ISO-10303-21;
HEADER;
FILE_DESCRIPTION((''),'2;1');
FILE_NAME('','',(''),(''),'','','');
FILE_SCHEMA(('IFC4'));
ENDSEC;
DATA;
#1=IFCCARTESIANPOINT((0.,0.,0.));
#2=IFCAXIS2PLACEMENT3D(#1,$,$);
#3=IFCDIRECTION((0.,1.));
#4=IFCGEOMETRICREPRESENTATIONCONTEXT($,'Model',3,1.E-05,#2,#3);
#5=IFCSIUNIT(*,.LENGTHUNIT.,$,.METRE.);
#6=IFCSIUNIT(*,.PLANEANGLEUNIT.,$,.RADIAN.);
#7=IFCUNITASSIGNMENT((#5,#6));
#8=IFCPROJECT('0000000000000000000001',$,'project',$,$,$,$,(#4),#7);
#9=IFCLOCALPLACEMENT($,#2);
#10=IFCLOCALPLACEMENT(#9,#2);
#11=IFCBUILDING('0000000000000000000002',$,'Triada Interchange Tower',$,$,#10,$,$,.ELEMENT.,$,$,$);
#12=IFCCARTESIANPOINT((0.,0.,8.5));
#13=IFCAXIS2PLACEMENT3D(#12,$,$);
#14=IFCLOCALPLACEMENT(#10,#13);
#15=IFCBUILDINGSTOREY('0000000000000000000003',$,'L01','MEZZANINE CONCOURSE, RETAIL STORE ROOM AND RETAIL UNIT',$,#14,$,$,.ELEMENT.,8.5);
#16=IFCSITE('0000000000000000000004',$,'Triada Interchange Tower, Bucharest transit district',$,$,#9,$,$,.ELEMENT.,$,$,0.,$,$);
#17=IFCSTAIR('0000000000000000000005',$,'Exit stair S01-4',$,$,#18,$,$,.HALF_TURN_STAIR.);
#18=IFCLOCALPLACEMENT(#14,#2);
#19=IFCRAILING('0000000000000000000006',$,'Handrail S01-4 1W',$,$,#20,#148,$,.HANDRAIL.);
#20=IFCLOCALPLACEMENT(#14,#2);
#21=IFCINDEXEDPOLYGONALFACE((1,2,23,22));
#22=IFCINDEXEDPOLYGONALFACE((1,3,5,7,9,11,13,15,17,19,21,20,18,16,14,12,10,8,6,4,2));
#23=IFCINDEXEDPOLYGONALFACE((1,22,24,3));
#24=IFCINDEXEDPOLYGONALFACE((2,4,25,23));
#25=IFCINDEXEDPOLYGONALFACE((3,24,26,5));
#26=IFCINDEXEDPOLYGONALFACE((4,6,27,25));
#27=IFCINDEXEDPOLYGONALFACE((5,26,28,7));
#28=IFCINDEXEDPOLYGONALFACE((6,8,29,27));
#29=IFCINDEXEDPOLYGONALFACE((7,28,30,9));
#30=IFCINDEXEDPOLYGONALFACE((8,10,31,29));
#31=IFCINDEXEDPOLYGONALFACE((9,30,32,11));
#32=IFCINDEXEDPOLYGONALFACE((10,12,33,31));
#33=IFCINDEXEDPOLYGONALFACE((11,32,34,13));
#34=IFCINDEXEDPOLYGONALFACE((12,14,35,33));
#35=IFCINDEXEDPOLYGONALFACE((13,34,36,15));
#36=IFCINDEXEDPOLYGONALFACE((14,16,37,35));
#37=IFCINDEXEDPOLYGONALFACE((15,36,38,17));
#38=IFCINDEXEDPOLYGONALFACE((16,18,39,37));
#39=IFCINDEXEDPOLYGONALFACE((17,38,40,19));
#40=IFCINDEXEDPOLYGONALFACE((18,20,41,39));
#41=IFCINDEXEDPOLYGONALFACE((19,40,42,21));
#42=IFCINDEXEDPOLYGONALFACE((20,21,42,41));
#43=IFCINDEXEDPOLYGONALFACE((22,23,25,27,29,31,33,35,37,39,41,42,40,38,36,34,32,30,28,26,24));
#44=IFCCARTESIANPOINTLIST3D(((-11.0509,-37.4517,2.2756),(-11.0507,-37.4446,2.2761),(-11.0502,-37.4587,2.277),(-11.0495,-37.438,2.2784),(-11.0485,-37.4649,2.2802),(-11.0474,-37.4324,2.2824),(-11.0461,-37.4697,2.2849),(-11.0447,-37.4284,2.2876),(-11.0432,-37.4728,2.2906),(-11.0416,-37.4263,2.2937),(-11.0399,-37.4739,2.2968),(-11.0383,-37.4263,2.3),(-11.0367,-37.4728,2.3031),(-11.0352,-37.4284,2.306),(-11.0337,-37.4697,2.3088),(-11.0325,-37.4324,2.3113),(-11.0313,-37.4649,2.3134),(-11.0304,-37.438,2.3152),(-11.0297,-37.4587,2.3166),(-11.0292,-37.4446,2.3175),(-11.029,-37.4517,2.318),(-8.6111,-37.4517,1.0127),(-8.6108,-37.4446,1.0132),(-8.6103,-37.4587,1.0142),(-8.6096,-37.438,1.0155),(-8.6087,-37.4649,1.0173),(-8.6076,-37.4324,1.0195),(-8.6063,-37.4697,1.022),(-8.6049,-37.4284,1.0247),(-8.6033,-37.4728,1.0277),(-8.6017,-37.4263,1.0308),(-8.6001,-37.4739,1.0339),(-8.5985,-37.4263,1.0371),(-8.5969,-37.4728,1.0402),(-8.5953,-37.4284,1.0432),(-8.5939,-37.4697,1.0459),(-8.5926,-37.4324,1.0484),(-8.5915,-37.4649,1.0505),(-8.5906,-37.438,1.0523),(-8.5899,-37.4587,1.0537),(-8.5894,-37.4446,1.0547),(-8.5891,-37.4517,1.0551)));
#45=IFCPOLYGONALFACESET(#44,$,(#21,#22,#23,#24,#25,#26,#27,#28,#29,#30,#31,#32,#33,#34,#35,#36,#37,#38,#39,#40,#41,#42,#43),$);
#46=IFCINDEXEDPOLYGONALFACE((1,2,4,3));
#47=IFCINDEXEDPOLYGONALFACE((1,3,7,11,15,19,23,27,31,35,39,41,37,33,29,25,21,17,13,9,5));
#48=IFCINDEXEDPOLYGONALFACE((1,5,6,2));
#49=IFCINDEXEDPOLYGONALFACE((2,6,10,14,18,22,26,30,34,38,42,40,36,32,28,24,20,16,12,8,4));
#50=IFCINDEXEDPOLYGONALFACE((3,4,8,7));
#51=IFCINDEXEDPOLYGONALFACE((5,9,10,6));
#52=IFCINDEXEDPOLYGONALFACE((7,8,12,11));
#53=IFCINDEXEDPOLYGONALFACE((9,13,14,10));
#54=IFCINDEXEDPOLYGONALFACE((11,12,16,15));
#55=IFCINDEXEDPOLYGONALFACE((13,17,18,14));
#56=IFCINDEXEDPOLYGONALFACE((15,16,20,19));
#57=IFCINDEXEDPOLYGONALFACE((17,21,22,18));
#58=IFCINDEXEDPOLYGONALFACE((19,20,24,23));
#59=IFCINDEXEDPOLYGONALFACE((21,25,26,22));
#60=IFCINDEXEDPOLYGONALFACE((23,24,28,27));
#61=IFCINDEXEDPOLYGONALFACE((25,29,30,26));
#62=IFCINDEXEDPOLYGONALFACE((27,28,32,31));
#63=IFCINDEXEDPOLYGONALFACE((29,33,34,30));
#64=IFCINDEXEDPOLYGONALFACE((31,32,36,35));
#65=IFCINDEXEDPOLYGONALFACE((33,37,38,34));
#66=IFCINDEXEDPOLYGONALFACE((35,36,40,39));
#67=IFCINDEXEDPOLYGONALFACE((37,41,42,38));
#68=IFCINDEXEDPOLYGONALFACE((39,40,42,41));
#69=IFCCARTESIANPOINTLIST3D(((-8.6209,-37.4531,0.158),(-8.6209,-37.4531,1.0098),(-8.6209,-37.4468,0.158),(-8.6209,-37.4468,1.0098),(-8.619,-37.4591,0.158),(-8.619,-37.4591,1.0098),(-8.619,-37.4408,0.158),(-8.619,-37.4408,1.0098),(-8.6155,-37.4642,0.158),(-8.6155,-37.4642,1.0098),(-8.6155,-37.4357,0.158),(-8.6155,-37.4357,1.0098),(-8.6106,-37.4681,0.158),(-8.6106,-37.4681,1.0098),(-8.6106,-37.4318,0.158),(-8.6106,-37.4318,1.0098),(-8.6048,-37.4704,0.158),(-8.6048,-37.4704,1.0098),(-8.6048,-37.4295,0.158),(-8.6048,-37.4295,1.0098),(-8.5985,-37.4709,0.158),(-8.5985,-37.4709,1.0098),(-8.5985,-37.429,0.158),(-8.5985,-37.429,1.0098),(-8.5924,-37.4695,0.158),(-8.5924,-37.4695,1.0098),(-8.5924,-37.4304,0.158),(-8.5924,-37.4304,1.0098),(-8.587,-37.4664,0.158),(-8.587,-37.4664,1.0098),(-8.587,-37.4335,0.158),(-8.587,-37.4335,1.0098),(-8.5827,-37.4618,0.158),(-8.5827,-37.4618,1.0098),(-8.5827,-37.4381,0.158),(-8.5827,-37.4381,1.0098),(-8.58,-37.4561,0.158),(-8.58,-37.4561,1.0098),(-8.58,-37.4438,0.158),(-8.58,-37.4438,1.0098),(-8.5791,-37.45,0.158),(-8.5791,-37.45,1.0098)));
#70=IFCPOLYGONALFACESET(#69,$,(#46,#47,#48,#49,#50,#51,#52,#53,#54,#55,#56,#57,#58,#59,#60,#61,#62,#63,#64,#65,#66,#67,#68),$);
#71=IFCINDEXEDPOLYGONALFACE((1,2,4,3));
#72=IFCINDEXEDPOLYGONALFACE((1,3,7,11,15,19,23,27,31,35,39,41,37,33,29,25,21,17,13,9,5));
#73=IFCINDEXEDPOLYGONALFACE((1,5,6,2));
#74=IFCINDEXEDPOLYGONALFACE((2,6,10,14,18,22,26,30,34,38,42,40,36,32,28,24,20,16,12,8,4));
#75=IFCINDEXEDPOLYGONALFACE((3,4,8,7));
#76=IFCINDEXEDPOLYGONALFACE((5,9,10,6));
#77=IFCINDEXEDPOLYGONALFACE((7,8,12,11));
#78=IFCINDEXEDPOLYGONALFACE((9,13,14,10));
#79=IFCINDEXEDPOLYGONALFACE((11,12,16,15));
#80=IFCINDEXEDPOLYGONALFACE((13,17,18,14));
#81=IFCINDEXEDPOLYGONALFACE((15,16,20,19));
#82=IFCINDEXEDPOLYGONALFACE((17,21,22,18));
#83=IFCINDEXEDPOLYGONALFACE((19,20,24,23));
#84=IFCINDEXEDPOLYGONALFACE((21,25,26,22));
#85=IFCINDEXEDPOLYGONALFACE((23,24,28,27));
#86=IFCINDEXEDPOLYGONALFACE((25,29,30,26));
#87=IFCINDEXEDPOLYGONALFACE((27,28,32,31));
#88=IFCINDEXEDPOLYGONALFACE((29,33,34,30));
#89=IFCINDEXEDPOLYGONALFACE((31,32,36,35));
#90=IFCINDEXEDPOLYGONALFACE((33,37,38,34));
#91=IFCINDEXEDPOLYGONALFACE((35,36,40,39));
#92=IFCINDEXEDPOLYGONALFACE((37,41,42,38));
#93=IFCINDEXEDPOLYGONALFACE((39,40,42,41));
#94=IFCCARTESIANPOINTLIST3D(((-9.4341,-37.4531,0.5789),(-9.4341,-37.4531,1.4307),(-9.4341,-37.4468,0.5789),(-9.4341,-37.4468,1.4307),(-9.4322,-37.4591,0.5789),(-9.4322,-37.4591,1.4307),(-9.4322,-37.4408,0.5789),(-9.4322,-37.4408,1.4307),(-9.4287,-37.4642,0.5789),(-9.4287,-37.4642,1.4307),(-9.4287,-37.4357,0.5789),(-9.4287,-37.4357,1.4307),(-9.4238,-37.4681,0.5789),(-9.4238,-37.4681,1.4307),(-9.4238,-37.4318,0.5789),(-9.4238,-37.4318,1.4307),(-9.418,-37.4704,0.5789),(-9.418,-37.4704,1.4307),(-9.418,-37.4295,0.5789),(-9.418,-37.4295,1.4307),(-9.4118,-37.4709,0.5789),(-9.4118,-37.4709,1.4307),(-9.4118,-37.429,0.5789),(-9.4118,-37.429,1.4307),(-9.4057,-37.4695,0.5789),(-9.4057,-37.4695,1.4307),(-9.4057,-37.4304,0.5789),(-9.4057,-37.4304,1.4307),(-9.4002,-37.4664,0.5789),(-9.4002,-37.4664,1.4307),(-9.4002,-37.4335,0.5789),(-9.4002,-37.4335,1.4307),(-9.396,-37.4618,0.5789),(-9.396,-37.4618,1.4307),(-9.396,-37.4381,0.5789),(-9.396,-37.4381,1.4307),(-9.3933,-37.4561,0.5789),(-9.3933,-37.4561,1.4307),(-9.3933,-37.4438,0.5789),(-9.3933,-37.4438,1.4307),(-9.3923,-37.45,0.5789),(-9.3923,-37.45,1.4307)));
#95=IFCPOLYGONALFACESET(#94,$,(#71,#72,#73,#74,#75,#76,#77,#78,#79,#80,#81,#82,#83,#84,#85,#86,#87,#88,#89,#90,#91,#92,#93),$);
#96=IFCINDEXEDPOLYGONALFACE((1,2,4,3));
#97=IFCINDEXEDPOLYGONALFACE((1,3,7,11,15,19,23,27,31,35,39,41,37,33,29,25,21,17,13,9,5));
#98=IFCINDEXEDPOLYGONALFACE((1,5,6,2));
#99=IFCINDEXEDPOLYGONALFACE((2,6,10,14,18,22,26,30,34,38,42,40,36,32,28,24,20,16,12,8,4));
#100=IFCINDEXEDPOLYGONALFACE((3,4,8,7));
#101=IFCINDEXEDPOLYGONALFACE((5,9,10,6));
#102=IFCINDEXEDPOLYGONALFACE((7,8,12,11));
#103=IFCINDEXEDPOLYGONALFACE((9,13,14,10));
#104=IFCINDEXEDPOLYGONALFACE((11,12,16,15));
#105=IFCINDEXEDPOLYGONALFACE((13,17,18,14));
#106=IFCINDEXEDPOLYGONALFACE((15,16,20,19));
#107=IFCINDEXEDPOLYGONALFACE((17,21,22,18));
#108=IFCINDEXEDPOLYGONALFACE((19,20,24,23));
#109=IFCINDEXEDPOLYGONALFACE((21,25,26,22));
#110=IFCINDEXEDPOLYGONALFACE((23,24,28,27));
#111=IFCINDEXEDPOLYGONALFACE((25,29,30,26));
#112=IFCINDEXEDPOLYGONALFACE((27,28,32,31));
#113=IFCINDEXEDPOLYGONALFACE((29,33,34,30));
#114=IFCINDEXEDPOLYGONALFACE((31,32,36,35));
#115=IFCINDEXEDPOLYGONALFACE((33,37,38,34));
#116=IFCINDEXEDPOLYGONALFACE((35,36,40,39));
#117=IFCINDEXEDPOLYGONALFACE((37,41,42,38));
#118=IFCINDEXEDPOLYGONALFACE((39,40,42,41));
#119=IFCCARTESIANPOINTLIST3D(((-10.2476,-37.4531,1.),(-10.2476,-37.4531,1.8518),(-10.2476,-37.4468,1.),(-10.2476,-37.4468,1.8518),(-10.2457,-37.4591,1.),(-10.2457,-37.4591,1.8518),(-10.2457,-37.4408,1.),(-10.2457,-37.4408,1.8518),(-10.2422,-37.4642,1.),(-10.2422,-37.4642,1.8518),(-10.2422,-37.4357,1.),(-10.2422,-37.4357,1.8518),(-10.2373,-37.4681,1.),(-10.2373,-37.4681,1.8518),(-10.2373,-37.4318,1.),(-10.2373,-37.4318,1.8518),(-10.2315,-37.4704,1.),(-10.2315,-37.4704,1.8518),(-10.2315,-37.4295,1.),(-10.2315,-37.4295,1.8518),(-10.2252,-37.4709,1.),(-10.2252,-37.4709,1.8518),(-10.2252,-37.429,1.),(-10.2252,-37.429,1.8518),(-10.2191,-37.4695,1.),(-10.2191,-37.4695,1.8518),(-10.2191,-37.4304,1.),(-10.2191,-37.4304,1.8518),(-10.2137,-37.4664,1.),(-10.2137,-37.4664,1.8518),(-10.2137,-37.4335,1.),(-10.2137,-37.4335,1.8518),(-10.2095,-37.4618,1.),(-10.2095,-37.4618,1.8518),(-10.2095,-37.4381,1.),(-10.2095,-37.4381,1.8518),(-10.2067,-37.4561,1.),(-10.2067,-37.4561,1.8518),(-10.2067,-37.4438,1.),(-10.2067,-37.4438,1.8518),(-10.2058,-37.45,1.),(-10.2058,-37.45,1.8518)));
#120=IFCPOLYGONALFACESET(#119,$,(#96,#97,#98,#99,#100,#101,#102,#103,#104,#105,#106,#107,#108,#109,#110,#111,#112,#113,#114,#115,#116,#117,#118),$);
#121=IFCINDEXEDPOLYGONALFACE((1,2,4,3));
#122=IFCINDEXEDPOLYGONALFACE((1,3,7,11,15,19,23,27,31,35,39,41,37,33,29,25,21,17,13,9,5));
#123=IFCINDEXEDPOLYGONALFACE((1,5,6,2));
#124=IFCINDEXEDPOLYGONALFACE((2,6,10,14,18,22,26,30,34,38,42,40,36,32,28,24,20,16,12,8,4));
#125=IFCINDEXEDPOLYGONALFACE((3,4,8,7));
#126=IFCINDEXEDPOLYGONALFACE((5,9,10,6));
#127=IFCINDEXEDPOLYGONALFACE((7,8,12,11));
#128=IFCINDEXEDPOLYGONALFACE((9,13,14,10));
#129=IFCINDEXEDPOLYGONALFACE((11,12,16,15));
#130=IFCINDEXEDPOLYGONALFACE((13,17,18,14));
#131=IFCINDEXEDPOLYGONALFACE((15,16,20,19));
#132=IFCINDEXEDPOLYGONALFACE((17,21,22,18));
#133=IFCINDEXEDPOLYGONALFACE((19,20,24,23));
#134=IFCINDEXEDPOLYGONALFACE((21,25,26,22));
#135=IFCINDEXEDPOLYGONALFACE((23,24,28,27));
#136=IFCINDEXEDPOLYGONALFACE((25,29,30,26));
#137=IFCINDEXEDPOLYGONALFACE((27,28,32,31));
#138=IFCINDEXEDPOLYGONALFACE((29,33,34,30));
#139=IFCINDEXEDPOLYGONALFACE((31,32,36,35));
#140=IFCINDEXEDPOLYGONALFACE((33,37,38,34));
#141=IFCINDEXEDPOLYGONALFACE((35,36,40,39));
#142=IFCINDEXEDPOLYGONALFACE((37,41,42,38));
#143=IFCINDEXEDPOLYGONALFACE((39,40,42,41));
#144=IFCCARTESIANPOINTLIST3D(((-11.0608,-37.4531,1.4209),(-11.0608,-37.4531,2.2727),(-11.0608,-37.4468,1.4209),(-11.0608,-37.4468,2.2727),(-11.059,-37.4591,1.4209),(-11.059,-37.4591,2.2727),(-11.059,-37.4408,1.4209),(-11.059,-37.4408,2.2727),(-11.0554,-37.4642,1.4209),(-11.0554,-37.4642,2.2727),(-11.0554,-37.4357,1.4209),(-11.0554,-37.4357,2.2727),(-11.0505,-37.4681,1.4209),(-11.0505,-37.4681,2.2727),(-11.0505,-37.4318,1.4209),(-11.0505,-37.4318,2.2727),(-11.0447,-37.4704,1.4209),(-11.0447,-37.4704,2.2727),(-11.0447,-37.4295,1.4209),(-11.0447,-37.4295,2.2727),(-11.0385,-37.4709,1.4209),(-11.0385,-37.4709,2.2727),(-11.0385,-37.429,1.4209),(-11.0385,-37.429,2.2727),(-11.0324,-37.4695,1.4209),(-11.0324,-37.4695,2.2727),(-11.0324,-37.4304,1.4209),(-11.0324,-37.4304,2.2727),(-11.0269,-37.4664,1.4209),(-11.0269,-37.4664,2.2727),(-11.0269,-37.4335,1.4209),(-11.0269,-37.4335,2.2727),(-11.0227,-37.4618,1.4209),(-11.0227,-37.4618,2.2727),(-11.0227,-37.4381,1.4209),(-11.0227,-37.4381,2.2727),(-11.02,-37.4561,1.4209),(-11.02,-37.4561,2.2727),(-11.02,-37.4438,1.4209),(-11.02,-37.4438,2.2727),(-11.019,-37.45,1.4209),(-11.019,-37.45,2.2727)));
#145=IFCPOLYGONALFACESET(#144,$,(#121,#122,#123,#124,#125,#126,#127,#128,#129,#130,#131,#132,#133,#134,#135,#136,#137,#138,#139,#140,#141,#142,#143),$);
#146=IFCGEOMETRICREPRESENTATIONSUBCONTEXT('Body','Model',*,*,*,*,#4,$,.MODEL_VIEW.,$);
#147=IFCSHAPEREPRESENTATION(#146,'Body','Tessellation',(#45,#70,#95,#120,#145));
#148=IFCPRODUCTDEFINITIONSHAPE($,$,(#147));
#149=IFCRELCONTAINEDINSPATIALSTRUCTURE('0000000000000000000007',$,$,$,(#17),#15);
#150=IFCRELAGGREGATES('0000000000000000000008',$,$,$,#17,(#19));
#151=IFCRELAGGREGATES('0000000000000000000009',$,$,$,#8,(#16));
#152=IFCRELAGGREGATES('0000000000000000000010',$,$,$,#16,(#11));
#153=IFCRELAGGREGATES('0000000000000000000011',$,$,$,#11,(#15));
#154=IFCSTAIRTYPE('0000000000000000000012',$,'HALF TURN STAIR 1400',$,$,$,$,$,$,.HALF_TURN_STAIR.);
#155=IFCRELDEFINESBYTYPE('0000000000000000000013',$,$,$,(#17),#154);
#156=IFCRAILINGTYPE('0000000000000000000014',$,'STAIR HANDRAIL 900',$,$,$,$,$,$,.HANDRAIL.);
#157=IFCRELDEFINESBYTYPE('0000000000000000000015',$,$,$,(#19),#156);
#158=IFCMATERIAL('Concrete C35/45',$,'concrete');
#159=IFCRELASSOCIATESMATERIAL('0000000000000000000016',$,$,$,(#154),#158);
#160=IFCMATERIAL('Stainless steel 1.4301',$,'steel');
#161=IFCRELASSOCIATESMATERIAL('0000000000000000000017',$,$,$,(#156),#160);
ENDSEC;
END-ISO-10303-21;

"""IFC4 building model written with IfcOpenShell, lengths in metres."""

from ifc_helpers import new_model, si_unit, direction, frame, origin, origin_2d, place, context, subcontext, project, spatial, circle, extrude, material, type_object, element, aggregate, save


model = new_model("IFC4")

# Units and contexts
model_context = context("Model", 3, precision=1e-05, world=origin(), true_north=direction((0.0, 1.0)))
body_context = subcontext(model_context, "Body", "Model", "MODEL_VIEW")
ifc_project = project(units=[si_unit("LENGTHUNIT", "METRE"), si_unit("PLANEANGLEUNIT", "RADIAN")], contexts=[model_context])

# Site, building, storey
site_placement = place(None, origin())
site = spatial("IfcSite", under=ifc_project, at=site_placement, Name="Triada Interchange Tower, Bucharest transit district", CompositionType="ELEMENT", RefElevation=0.0)
building_placement = place(site_placement, origin())
building = spatial("IfcBuilding", under=site, at=building_placement, Name="Triada Interchange Tower", CompositionType="ELEMENT")
storey_placement = place(building_placement, frame((0.0, 0.0, 8.5)))
storey = spatial("IfcBuildingStorey", under=building, at=storey_placement, Name="L01", Description="MEZZANINE CONCOURSE, RETAIL STORE ROOM AND RETAIL UNIT", CompositionType="ELEMENT", Elevation=8.5)

# Shared definitions
ifc_material_1 = material(Name="Concrete C35/45", Category="concrete")

# Stair, railing
stair_type = type_object("IfcStairType", Name="HALF TURN STAIR 1400", PredefinedType="HALF_TURN_STAIR", material=ifc_material_1)
stair_placement = place(storey_placement, origin())
stair = element("IfcStair", 1, at=stair_placement, inside=storey, type_object=stair_type, Name="Exit stair S01-4", PredefinedType="HALF_TURN_STAIR")
ifc_material_2 = material(Name="Stainless steel 1.4301", Category="steel")
railing_type_1 = type_object("IfcRailingType", Name="STAIR HANDRAIL 900", PredefinedType="HANDRAIL", material=ifc_material_2)
railing_1_placement = place(storey_placement, frame((-8.6001, -37.45, 0.158)))
railing_1 = element("IfcRailing", 2, at=railing_1_placement, type_object=railing_type_1, Name="Handrail S01-4 1W", PredefinedType="HANDRAIL", context=body_context, shape_type="SweptSolid", body=[
    extrude(circle(Radius=0.0239, at=origin_2d()), frame((0.0, 0.0, 0.876), z_axis=(-0.888084, 0.0, 0.459682), x_axis=(0.0, -1.0, 0.0)), (0.0, 0.0, 1.0), 2.7473),
    extrude(circle(Radius=0.021, at=origin_2d()), origin(), (0.0, 0.0, 1.0), 0.8518),
    extrude(circle(Radius=0.021, at=origin_2d()), frame((-0.8132, 0.0, 0.4209)), (0.0, 0.0, 1.0), 0.8518),
    extrude(circle(Radius=0.021, at=origin_2d()), frame((-1.6267, 0.0, 0.842)), (0.0, 0.0, 1.0), 0.8518),
    extrude(circle(Radius=0.021, at=origin_2d()), frame((-2.4399, 0.0, 1.2629)), (0.0, 0.0, 1.0), 0.8518),
])
aggregate(stair, [railing_1])

save(model, "model.ifc")
